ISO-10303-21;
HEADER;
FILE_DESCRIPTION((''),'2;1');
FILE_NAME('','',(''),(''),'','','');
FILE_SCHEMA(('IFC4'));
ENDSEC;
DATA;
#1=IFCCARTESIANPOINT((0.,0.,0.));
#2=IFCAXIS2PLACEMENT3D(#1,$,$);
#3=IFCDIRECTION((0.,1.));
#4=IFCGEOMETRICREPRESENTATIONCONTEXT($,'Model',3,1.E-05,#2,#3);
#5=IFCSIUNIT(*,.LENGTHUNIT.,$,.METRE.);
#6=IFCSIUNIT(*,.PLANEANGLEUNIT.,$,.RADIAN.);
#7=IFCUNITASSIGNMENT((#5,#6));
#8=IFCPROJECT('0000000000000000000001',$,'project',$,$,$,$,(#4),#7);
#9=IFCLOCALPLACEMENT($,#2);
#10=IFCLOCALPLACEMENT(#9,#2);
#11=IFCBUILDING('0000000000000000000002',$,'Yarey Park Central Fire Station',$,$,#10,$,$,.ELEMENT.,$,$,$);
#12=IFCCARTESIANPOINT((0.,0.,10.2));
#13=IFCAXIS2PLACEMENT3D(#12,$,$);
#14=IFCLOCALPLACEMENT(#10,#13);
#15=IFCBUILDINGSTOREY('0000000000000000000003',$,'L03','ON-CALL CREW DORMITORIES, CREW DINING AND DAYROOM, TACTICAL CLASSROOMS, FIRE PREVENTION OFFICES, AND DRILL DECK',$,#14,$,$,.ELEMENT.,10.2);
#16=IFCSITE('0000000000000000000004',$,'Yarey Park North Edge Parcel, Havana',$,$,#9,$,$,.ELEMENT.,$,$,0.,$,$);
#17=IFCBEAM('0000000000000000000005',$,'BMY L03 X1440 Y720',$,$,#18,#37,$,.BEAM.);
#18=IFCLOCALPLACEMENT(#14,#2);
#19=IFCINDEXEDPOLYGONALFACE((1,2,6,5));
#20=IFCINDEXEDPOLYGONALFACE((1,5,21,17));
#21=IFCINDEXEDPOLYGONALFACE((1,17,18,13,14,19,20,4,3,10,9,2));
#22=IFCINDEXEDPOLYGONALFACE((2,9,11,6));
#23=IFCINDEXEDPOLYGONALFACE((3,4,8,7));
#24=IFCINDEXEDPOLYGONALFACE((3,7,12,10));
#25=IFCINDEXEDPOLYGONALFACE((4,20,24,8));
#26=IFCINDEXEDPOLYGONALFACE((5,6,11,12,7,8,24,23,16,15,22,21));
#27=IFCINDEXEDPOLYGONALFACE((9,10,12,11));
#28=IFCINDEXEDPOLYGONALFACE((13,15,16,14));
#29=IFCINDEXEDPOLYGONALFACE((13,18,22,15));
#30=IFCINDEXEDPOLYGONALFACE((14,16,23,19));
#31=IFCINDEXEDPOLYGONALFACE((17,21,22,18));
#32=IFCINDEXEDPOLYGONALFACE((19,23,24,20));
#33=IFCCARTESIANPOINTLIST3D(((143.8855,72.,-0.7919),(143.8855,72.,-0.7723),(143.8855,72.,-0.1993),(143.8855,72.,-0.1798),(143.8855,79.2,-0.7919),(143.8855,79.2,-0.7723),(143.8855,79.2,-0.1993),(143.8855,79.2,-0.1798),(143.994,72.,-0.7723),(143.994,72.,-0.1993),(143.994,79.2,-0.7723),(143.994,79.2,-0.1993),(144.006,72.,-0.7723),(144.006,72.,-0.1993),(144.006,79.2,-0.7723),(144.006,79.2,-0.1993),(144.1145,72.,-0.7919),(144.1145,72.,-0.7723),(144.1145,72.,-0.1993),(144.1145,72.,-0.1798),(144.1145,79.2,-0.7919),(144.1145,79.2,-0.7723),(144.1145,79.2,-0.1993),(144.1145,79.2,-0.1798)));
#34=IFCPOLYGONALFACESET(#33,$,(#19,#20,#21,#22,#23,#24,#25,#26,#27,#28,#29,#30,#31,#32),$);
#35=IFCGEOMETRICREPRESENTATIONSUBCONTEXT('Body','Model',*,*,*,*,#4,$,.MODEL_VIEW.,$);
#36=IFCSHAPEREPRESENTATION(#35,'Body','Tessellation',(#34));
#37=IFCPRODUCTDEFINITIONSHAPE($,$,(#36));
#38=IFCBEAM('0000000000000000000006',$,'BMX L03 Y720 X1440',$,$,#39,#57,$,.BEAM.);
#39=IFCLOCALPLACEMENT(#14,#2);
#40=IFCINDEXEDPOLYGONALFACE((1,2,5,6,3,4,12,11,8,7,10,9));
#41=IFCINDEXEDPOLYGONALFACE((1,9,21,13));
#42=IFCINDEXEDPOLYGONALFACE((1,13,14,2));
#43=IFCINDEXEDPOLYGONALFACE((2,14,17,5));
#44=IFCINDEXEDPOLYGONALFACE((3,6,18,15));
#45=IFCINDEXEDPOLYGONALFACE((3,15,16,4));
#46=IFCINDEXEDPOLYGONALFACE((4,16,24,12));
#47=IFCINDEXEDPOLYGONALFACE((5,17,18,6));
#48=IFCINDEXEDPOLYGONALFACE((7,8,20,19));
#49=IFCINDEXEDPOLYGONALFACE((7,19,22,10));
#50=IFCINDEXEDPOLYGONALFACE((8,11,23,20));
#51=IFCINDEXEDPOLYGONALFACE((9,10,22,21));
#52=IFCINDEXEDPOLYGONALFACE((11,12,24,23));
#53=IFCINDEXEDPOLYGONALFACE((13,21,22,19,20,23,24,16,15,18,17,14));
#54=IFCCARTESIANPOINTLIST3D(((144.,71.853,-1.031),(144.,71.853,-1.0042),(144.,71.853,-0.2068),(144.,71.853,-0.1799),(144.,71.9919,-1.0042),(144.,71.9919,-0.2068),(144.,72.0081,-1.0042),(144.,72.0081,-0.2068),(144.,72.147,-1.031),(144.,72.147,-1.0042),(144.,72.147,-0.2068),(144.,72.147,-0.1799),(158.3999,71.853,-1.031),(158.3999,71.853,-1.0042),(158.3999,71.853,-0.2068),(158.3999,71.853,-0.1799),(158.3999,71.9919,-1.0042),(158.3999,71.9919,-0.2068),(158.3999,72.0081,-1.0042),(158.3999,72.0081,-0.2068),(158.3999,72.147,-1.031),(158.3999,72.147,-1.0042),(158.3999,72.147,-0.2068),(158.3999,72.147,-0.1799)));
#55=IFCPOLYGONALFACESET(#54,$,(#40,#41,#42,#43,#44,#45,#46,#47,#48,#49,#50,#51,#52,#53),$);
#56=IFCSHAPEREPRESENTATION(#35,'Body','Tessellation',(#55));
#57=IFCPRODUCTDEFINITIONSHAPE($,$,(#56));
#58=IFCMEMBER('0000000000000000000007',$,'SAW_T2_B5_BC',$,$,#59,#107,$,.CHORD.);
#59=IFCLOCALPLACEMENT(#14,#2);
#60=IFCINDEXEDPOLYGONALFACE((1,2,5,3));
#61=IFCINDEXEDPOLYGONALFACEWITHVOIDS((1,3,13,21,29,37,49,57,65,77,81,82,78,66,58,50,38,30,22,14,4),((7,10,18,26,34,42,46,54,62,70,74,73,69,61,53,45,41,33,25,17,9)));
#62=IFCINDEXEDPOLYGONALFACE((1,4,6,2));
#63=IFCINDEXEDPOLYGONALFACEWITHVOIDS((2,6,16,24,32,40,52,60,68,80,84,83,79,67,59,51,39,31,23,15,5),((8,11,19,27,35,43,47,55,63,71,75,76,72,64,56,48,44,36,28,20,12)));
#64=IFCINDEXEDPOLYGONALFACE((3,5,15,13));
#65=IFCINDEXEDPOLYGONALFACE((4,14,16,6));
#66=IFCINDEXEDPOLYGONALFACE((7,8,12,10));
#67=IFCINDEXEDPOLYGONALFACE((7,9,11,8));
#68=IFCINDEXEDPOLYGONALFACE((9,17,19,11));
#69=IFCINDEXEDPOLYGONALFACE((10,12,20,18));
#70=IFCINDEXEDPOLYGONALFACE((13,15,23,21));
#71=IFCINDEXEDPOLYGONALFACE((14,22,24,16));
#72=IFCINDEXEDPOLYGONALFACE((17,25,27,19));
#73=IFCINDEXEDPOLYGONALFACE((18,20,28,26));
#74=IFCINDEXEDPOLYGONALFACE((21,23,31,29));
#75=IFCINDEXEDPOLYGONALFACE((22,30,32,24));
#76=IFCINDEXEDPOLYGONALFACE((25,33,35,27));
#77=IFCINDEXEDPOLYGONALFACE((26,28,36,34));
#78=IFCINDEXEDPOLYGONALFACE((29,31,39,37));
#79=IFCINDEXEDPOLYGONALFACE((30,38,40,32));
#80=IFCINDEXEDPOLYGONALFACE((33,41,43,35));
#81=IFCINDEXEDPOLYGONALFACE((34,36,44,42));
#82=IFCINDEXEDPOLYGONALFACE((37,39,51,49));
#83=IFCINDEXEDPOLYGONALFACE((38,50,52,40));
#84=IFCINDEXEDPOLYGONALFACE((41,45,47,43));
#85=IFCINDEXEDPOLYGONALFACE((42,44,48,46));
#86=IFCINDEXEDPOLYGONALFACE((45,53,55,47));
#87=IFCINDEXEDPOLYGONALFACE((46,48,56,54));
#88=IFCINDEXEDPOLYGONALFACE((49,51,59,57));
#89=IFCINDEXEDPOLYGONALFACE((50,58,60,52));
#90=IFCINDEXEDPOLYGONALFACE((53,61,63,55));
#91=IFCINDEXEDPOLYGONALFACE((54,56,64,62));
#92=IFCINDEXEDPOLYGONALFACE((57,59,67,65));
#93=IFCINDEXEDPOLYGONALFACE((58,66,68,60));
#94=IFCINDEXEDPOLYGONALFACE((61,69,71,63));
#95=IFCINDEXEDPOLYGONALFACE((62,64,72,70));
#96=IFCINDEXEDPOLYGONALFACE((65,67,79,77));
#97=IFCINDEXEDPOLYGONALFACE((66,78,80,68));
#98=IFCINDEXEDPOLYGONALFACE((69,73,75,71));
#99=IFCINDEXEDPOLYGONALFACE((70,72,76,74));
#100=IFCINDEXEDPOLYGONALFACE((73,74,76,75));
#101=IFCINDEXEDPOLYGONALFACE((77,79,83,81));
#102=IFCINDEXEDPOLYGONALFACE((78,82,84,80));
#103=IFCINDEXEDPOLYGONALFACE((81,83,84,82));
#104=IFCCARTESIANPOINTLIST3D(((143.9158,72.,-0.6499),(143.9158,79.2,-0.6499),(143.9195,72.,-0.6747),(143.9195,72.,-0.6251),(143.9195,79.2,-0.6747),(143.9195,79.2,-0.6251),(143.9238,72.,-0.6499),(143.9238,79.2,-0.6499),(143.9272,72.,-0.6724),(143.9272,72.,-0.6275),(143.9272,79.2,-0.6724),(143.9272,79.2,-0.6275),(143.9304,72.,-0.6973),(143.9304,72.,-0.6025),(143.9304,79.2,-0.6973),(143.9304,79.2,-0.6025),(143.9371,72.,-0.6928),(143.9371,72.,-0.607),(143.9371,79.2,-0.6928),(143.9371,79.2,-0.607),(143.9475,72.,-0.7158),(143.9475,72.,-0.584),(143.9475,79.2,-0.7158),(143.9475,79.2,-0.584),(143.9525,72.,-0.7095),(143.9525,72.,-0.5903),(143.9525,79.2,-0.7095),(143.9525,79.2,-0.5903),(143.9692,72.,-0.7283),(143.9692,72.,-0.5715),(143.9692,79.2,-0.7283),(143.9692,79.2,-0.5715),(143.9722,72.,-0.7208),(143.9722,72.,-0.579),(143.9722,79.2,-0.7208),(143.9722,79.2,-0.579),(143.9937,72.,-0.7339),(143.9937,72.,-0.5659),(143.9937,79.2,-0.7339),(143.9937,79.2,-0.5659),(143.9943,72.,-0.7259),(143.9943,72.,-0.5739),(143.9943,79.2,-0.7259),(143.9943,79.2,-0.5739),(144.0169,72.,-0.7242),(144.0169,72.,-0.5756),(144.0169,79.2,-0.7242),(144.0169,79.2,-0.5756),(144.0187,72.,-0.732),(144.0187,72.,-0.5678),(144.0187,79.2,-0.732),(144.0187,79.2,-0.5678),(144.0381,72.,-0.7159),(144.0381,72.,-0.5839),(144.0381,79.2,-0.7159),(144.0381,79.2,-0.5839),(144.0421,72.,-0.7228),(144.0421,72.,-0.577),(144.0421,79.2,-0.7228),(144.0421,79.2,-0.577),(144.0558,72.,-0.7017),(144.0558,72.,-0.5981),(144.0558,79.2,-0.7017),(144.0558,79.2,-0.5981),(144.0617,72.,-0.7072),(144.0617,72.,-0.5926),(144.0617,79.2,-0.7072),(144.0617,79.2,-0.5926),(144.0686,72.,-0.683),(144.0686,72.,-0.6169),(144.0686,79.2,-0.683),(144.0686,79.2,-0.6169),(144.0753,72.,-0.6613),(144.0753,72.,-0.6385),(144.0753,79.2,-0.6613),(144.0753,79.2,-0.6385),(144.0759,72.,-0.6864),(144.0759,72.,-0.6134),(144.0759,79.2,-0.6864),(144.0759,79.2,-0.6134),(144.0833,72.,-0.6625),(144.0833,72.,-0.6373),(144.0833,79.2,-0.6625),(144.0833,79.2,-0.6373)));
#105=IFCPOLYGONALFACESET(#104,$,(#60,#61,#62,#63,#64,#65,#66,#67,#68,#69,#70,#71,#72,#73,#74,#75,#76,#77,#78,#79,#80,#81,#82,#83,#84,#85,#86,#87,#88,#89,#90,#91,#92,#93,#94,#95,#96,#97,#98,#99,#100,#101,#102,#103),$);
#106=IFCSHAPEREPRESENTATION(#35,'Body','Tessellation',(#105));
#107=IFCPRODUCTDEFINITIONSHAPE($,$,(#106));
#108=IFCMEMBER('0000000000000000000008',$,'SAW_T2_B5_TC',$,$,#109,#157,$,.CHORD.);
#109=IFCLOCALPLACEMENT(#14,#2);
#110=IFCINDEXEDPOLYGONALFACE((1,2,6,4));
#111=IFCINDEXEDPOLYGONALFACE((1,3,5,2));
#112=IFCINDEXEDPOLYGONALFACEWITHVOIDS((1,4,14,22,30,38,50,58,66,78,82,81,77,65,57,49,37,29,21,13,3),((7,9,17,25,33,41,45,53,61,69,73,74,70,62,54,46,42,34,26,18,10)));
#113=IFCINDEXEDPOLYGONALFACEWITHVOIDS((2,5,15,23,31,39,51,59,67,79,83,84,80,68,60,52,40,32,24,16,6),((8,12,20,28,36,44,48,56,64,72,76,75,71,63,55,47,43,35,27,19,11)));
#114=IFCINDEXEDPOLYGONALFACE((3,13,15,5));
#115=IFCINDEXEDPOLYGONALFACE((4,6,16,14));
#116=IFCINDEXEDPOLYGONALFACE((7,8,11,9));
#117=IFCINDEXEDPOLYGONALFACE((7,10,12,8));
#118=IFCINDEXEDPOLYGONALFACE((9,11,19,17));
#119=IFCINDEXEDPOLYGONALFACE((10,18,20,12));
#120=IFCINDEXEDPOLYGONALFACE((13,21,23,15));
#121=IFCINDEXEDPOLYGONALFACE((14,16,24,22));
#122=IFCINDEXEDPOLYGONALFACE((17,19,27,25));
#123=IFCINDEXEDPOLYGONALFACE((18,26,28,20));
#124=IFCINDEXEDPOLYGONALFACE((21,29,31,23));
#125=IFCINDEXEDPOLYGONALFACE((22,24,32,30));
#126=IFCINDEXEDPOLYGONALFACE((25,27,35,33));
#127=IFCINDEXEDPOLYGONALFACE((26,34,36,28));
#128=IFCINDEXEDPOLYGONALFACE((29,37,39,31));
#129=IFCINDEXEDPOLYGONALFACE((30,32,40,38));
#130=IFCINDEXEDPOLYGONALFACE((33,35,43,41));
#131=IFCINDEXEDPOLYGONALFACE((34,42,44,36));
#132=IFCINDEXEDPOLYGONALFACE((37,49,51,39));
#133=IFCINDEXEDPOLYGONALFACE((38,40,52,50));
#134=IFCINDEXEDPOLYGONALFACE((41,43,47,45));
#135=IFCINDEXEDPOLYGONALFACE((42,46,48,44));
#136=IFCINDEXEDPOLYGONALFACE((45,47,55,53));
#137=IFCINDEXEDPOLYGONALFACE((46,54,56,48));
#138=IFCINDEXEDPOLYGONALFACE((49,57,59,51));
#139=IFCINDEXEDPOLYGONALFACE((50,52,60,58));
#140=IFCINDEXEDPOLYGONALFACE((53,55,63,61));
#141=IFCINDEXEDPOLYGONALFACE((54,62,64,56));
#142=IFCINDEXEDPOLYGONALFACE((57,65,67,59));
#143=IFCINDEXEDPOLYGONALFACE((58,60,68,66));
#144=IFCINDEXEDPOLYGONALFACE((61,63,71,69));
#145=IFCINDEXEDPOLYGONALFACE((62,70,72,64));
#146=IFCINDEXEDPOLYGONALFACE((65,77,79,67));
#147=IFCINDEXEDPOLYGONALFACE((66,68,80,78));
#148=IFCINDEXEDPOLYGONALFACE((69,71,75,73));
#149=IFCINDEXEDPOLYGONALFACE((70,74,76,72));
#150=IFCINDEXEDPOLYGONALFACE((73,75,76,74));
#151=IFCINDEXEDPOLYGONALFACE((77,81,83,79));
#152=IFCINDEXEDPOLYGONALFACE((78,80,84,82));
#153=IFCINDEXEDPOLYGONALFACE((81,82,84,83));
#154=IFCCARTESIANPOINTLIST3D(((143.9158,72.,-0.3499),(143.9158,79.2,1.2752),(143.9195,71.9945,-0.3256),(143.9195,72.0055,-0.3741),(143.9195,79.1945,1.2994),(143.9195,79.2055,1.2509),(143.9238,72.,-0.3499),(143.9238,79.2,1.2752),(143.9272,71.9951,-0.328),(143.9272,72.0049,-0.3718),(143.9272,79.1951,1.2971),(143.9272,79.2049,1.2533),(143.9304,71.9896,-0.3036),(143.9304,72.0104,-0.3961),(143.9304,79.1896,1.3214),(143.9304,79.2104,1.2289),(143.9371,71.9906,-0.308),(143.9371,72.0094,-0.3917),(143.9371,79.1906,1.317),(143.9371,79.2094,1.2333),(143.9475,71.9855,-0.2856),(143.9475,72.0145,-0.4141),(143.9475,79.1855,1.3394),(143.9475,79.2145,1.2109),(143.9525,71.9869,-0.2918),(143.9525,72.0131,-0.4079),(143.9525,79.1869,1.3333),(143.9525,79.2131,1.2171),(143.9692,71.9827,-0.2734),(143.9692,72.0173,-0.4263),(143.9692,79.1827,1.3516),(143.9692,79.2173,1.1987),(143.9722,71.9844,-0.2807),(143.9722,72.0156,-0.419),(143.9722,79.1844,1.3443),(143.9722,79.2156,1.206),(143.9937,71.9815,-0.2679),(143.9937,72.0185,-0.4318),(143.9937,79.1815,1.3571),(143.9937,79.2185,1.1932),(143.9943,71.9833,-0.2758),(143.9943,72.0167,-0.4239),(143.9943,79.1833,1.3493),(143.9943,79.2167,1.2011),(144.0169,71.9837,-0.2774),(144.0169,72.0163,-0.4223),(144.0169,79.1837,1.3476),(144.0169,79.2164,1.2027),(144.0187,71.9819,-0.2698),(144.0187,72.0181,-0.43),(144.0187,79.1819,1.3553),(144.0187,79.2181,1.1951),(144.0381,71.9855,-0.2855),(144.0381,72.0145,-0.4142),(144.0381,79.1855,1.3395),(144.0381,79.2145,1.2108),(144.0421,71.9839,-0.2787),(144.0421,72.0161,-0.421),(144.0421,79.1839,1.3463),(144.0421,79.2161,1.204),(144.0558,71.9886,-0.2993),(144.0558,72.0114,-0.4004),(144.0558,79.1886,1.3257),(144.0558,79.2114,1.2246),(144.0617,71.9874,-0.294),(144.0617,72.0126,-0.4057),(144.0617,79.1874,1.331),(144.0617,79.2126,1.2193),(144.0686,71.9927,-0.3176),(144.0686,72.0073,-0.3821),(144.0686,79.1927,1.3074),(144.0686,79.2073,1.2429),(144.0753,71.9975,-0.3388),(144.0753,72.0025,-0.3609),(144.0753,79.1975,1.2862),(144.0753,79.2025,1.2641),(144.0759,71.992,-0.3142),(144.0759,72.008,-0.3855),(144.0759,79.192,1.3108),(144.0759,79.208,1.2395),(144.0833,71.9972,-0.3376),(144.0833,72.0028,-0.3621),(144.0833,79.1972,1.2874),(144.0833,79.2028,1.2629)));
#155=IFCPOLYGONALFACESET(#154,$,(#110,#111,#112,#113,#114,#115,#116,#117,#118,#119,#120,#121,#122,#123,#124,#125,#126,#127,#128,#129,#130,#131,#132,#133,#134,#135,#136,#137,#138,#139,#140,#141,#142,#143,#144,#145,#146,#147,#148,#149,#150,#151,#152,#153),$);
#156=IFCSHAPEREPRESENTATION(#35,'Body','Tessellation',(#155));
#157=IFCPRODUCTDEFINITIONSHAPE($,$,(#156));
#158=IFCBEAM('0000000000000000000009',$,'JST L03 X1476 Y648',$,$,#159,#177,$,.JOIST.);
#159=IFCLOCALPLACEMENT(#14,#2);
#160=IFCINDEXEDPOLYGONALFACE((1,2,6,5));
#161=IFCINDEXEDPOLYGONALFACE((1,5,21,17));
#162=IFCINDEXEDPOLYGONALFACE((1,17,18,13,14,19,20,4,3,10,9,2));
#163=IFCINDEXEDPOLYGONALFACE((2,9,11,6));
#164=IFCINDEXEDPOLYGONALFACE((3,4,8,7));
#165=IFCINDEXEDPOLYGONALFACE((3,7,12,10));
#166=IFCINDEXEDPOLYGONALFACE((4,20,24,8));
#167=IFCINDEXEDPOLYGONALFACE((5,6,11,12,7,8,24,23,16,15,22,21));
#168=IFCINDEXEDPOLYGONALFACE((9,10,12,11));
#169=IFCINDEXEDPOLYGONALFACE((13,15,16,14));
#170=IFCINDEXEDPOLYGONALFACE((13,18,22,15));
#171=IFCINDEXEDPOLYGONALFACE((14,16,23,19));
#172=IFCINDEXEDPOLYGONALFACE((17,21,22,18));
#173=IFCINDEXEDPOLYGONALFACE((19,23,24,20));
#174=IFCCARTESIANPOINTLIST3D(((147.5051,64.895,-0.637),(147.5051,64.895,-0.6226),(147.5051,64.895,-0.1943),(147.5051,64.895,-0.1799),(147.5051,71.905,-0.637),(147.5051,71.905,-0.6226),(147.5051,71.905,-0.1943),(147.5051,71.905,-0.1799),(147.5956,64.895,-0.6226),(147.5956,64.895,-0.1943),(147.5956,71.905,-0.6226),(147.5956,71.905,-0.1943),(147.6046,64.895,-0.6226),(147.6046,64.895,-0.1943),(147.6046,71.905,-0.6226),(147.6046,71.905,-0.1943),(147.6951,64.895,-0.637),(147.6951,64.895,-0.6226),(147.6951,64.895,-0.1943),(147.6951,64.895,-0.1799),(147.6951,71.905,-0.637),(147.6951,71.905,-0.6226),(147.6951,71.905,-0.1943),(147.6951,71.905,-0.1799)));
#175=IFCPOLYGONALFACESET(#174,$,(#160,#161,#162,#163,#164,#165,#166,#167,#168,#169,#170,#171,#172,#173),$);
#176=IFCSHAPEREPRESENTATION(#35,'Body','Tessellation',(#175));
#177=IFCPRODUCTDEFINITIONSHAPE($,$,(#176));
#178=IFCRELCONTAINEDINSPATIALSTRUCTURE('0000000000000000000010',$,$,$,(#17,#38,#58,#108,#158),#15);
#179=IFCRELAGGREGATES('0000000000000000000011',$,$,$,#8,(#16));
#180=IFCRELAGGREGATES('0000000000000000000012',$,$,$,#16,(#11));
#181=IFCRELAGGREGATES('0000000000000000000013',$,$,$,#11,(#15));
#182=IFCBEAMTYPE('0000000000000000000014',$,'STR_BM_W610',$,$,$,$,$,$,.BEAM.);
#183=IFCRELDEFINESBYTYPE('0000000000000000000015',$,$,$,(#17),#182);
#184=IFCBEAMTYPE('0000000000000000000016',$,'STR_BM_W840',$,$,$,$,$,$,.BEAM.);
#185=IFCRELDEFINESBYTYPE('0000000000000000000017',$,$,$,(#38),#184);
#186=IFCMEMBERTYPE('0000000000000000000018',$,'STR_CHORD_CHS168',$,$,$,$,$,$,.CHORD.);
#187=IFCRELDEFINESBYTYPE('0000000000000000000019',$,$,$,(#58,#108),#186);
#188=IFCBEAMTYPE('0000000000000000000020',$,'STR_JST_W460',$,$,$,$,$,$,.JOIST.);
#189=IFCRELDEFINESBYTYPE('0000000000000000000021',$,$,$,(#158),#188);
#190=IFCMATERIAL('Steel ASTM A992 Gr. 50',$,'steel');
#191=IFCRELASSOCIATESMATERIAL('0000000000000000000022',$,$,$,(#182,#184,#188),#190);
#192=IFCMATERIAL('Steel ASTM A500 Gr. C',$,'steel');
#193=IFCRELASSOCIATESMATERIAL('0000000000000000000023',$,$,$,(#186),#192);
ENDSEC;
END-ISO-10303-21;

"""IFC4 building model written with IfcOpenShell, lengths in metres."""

from ifc_helpers import new_model, si_unit, direction, frame, origin, origin_2d, place, context, subcontext, project, spatial, hollow_circle, i_section, extrude, material, material_profile, profile_set, type_object, element, save


model = new_model("IFC4")

# Units and contexts
model_context = context("Model", 3, precision=1e-05, world=origin(), true_north=direction((0.0, 1.0)))
body_context = subcontext(model_context, "Body", "Model", "MODEL_VIEW")
ifc_project = project(units=[si_unit("LENGTHUNIT", "METRE"), si_unit("PLANEANGLEUNIT", "RADIAN")], contexts=[model_context])

# Site, building, storey
site_placement = place(None, origin())
site = spatial("IfcSite", under=ifc_project, at=site_placement, Name="Yarey Park North Edge Parcel, Havana", CompositionType="ELEMENT", RefElevation=0.0)
building_placement = place(site_placement, origin())
building = spatial("IfcBuilding", under=site, at=building_placement, Name="Yarey Park Central Fire Station", CompositionType="ELEMENT")
storey_placement = place(building_placement, frame((0.0, 0.0, 10.2)))
storey = spatial("IfcBuildingStorey", under=building, at=storey_placement, Name="L03", Description="ON-CALL CREW DORMITORIES, CREW DINING AND DAYROOM, TACTICAL CLASSROOMS, FIRE PREVENTION OFFICES, AND DRILL DECK", CompositionType="ELEMENT", Elevation=10.2)

# Beams
ifc_material_1 = material(Name="Steel ASTM A992 Gr. 50", Category="steel")
ifc_material_profile_1 = material_profile(ifc_material_1, i_section(OverallWidth=0.229, OverallDepth=0.6121, WebThickness=0.012, FlangeThickness=0.0195, at=origin_2d()), Name="W610x125")
ifc_profile_set_1 = profile_set([ifc_material_profile_1], Name="Steel ASTM A992 Gr. 50")
beam_type_1 = type_object("IfcBeamType", Name="STR_BM_W610", PredefinedType="BEAM", material=ifc_profile_set_1)
beam_1_placement = place(storey_placement, frame((144.0, 72.0, -0.4858), z_axis=(0.0, 1.0, 0.0), x_axis=(-1.0, 0.0, 0.0)))
element("IfcBeam", 1, at=beam_1_placement, inside=storey, type_object=beam_type_1, Name="BMY L03 X1440 Y720", PredefinedType="BEAM", context=body_context, shape_type="SweptSolid", body=[
    extrude(i_section(OverallWidth=0.229, OverallDepth=0.6121, WebThickness=0.012, FlangeThickness=0.0195, at=origin_2d()), origin(), (0.0, 0.0, 1.0), 7.2),
])
ifc_material_profile_2 = material_profile(ifc_material_1, i_section(OverallWidth=0.2939, OverallDepth=0.8511, WebThickness=0.0161, FlangeThickness=0.0269, at=origin_2d()), Name="W840x226")
ifc_profile_set_2 = profile_set([ifc_material_profile_2], Name="Steel ASTM A992 Gr. 50")
beam_type_2 = type_object("IfcBeamType", Name="STR_BM_W840", PredefinedType="BEAM", material=ifc_profile_set_2)
beam_2_placement = place(storey_placement, frame((144.0, 72.0, -0.6055), z_axis=(1.0, 0.0, 0.0), x_axis=(0.0, 1.0, 0.0)))
element("IfcBeam", 2, at=beam_2_placement, inside=storey, type_object=beam_type_2, Name="BMX L03 Y720 X1440", PredefinedType="BEAM", context=body_context, shape_type="SweptSolid", body=[
    extrude(i_section(OverallWidth=0.2939, OverallDepth=0.8511, WebThickness=0.0161, FlangeThickness=0.0269, at=origin_2d()), origin(), (0.0, 0.0, 1.0), 14.3999),
])

# Members
ifc_material_2 = material(Name="Steel ASTM A500 Gr. C", Category="steel")
ifc_material_profile_3 = material_profile(ifc_material_2, hollow_circle(Radius=0.0842, WallThickness=0.0081, at=origin_2d()), Name="CHS 168.3x8")
ifc_profile_set_3 = profile_set([ifc_material_profile_3], Name="Steel ASTM A500 Gr. C")
member_type_1 = type_object("IfcMemberType", Name="STR_CHORD_CHS168", PredefinedType="CHORD", material=ifc_profile_set_3)
member_1_placement = place(storey_placement, frame((144.0, 72.0, -0.6499), z_axis=(0.0, 1.0, 0.0), x_axis=(-1.0, 0.0, 0.0)))
element("IfcMember", 3, at=member_1_placement, inside=storey, type_object=member_type_1, Name="SAW_T2_B5_BC", PredefinedType="CHORD", context=body_context, shape_type="SweptSolid", body=[
    extrude(hollow_circle(Radius=0.0842, WallThickness=0.0081, at=origin_2d()), origin(), (0.0, 0.0, 1.0), 7.2),
])
member_2_placement = place(storey_placement, frame((144.0, 72.0, -0.3499), z_axis=(0.0, 0.975464, 0.220158), x_axis=(-1.0, 0.0, 0.0)))
element("IfcMember", 4, at=member_2_placement, inside=storey, type_object=member_type_1, Name="SAW_T2_B5_TC", PredefinedType="CHORD", context=body_context, shape_type="SweptSolid", body=[
    extrude(hollow_circle(Radius=0.0842, WallThickness=0.0081, at=origin_2d()), origin(), (0.0, 0.0, 1.0), 7.3811),
])

# Beam
ifc_material_profile_4 = material_profile(ifc_material_1, i_section(OverallWidth=0.1899, OverallDepth=0.457, WebThickness=0.009, FlangeThickness=0.0144, at=origin_2d()), Name="W460x74")
ifc_profile_set_4 = profile_set([ifc_material_profile_4], Name="Steel ASTM A992 Gr. 50")
beam_type_3 = type_object("IfcBeamType", Name="STR_JST_W460", PredefinedType="JOIST", material=ifc_profile_set_4)
for number, where, z_axis, x_axis, name in (
    (5, (147.6001, 64.895, -0.4084), (0.0, 1.0, 0.0), (-1.0, 0.0, 0.0), "JST L03 X1476 Y648"),
):
    element("IfcBeam", number, at=place(storey_placement, frame(where, z_axis=z_axis, x_axis=x_axis)), inside=storey, type_object=beam_type_3, Name=name, PredefinedType="JOIST", context=body_context, shape_type="SweptSolid", body=[
        extrude(i_section(OverallWidth=0.1899, OverallDepth=0.457, WebThickness=0.009, FlangeThickness=0.0144, at=origin_2d()), origin(), (0.0, 0.0, 1.0), 7.01),
    ])

save(model, "model.ifc")
